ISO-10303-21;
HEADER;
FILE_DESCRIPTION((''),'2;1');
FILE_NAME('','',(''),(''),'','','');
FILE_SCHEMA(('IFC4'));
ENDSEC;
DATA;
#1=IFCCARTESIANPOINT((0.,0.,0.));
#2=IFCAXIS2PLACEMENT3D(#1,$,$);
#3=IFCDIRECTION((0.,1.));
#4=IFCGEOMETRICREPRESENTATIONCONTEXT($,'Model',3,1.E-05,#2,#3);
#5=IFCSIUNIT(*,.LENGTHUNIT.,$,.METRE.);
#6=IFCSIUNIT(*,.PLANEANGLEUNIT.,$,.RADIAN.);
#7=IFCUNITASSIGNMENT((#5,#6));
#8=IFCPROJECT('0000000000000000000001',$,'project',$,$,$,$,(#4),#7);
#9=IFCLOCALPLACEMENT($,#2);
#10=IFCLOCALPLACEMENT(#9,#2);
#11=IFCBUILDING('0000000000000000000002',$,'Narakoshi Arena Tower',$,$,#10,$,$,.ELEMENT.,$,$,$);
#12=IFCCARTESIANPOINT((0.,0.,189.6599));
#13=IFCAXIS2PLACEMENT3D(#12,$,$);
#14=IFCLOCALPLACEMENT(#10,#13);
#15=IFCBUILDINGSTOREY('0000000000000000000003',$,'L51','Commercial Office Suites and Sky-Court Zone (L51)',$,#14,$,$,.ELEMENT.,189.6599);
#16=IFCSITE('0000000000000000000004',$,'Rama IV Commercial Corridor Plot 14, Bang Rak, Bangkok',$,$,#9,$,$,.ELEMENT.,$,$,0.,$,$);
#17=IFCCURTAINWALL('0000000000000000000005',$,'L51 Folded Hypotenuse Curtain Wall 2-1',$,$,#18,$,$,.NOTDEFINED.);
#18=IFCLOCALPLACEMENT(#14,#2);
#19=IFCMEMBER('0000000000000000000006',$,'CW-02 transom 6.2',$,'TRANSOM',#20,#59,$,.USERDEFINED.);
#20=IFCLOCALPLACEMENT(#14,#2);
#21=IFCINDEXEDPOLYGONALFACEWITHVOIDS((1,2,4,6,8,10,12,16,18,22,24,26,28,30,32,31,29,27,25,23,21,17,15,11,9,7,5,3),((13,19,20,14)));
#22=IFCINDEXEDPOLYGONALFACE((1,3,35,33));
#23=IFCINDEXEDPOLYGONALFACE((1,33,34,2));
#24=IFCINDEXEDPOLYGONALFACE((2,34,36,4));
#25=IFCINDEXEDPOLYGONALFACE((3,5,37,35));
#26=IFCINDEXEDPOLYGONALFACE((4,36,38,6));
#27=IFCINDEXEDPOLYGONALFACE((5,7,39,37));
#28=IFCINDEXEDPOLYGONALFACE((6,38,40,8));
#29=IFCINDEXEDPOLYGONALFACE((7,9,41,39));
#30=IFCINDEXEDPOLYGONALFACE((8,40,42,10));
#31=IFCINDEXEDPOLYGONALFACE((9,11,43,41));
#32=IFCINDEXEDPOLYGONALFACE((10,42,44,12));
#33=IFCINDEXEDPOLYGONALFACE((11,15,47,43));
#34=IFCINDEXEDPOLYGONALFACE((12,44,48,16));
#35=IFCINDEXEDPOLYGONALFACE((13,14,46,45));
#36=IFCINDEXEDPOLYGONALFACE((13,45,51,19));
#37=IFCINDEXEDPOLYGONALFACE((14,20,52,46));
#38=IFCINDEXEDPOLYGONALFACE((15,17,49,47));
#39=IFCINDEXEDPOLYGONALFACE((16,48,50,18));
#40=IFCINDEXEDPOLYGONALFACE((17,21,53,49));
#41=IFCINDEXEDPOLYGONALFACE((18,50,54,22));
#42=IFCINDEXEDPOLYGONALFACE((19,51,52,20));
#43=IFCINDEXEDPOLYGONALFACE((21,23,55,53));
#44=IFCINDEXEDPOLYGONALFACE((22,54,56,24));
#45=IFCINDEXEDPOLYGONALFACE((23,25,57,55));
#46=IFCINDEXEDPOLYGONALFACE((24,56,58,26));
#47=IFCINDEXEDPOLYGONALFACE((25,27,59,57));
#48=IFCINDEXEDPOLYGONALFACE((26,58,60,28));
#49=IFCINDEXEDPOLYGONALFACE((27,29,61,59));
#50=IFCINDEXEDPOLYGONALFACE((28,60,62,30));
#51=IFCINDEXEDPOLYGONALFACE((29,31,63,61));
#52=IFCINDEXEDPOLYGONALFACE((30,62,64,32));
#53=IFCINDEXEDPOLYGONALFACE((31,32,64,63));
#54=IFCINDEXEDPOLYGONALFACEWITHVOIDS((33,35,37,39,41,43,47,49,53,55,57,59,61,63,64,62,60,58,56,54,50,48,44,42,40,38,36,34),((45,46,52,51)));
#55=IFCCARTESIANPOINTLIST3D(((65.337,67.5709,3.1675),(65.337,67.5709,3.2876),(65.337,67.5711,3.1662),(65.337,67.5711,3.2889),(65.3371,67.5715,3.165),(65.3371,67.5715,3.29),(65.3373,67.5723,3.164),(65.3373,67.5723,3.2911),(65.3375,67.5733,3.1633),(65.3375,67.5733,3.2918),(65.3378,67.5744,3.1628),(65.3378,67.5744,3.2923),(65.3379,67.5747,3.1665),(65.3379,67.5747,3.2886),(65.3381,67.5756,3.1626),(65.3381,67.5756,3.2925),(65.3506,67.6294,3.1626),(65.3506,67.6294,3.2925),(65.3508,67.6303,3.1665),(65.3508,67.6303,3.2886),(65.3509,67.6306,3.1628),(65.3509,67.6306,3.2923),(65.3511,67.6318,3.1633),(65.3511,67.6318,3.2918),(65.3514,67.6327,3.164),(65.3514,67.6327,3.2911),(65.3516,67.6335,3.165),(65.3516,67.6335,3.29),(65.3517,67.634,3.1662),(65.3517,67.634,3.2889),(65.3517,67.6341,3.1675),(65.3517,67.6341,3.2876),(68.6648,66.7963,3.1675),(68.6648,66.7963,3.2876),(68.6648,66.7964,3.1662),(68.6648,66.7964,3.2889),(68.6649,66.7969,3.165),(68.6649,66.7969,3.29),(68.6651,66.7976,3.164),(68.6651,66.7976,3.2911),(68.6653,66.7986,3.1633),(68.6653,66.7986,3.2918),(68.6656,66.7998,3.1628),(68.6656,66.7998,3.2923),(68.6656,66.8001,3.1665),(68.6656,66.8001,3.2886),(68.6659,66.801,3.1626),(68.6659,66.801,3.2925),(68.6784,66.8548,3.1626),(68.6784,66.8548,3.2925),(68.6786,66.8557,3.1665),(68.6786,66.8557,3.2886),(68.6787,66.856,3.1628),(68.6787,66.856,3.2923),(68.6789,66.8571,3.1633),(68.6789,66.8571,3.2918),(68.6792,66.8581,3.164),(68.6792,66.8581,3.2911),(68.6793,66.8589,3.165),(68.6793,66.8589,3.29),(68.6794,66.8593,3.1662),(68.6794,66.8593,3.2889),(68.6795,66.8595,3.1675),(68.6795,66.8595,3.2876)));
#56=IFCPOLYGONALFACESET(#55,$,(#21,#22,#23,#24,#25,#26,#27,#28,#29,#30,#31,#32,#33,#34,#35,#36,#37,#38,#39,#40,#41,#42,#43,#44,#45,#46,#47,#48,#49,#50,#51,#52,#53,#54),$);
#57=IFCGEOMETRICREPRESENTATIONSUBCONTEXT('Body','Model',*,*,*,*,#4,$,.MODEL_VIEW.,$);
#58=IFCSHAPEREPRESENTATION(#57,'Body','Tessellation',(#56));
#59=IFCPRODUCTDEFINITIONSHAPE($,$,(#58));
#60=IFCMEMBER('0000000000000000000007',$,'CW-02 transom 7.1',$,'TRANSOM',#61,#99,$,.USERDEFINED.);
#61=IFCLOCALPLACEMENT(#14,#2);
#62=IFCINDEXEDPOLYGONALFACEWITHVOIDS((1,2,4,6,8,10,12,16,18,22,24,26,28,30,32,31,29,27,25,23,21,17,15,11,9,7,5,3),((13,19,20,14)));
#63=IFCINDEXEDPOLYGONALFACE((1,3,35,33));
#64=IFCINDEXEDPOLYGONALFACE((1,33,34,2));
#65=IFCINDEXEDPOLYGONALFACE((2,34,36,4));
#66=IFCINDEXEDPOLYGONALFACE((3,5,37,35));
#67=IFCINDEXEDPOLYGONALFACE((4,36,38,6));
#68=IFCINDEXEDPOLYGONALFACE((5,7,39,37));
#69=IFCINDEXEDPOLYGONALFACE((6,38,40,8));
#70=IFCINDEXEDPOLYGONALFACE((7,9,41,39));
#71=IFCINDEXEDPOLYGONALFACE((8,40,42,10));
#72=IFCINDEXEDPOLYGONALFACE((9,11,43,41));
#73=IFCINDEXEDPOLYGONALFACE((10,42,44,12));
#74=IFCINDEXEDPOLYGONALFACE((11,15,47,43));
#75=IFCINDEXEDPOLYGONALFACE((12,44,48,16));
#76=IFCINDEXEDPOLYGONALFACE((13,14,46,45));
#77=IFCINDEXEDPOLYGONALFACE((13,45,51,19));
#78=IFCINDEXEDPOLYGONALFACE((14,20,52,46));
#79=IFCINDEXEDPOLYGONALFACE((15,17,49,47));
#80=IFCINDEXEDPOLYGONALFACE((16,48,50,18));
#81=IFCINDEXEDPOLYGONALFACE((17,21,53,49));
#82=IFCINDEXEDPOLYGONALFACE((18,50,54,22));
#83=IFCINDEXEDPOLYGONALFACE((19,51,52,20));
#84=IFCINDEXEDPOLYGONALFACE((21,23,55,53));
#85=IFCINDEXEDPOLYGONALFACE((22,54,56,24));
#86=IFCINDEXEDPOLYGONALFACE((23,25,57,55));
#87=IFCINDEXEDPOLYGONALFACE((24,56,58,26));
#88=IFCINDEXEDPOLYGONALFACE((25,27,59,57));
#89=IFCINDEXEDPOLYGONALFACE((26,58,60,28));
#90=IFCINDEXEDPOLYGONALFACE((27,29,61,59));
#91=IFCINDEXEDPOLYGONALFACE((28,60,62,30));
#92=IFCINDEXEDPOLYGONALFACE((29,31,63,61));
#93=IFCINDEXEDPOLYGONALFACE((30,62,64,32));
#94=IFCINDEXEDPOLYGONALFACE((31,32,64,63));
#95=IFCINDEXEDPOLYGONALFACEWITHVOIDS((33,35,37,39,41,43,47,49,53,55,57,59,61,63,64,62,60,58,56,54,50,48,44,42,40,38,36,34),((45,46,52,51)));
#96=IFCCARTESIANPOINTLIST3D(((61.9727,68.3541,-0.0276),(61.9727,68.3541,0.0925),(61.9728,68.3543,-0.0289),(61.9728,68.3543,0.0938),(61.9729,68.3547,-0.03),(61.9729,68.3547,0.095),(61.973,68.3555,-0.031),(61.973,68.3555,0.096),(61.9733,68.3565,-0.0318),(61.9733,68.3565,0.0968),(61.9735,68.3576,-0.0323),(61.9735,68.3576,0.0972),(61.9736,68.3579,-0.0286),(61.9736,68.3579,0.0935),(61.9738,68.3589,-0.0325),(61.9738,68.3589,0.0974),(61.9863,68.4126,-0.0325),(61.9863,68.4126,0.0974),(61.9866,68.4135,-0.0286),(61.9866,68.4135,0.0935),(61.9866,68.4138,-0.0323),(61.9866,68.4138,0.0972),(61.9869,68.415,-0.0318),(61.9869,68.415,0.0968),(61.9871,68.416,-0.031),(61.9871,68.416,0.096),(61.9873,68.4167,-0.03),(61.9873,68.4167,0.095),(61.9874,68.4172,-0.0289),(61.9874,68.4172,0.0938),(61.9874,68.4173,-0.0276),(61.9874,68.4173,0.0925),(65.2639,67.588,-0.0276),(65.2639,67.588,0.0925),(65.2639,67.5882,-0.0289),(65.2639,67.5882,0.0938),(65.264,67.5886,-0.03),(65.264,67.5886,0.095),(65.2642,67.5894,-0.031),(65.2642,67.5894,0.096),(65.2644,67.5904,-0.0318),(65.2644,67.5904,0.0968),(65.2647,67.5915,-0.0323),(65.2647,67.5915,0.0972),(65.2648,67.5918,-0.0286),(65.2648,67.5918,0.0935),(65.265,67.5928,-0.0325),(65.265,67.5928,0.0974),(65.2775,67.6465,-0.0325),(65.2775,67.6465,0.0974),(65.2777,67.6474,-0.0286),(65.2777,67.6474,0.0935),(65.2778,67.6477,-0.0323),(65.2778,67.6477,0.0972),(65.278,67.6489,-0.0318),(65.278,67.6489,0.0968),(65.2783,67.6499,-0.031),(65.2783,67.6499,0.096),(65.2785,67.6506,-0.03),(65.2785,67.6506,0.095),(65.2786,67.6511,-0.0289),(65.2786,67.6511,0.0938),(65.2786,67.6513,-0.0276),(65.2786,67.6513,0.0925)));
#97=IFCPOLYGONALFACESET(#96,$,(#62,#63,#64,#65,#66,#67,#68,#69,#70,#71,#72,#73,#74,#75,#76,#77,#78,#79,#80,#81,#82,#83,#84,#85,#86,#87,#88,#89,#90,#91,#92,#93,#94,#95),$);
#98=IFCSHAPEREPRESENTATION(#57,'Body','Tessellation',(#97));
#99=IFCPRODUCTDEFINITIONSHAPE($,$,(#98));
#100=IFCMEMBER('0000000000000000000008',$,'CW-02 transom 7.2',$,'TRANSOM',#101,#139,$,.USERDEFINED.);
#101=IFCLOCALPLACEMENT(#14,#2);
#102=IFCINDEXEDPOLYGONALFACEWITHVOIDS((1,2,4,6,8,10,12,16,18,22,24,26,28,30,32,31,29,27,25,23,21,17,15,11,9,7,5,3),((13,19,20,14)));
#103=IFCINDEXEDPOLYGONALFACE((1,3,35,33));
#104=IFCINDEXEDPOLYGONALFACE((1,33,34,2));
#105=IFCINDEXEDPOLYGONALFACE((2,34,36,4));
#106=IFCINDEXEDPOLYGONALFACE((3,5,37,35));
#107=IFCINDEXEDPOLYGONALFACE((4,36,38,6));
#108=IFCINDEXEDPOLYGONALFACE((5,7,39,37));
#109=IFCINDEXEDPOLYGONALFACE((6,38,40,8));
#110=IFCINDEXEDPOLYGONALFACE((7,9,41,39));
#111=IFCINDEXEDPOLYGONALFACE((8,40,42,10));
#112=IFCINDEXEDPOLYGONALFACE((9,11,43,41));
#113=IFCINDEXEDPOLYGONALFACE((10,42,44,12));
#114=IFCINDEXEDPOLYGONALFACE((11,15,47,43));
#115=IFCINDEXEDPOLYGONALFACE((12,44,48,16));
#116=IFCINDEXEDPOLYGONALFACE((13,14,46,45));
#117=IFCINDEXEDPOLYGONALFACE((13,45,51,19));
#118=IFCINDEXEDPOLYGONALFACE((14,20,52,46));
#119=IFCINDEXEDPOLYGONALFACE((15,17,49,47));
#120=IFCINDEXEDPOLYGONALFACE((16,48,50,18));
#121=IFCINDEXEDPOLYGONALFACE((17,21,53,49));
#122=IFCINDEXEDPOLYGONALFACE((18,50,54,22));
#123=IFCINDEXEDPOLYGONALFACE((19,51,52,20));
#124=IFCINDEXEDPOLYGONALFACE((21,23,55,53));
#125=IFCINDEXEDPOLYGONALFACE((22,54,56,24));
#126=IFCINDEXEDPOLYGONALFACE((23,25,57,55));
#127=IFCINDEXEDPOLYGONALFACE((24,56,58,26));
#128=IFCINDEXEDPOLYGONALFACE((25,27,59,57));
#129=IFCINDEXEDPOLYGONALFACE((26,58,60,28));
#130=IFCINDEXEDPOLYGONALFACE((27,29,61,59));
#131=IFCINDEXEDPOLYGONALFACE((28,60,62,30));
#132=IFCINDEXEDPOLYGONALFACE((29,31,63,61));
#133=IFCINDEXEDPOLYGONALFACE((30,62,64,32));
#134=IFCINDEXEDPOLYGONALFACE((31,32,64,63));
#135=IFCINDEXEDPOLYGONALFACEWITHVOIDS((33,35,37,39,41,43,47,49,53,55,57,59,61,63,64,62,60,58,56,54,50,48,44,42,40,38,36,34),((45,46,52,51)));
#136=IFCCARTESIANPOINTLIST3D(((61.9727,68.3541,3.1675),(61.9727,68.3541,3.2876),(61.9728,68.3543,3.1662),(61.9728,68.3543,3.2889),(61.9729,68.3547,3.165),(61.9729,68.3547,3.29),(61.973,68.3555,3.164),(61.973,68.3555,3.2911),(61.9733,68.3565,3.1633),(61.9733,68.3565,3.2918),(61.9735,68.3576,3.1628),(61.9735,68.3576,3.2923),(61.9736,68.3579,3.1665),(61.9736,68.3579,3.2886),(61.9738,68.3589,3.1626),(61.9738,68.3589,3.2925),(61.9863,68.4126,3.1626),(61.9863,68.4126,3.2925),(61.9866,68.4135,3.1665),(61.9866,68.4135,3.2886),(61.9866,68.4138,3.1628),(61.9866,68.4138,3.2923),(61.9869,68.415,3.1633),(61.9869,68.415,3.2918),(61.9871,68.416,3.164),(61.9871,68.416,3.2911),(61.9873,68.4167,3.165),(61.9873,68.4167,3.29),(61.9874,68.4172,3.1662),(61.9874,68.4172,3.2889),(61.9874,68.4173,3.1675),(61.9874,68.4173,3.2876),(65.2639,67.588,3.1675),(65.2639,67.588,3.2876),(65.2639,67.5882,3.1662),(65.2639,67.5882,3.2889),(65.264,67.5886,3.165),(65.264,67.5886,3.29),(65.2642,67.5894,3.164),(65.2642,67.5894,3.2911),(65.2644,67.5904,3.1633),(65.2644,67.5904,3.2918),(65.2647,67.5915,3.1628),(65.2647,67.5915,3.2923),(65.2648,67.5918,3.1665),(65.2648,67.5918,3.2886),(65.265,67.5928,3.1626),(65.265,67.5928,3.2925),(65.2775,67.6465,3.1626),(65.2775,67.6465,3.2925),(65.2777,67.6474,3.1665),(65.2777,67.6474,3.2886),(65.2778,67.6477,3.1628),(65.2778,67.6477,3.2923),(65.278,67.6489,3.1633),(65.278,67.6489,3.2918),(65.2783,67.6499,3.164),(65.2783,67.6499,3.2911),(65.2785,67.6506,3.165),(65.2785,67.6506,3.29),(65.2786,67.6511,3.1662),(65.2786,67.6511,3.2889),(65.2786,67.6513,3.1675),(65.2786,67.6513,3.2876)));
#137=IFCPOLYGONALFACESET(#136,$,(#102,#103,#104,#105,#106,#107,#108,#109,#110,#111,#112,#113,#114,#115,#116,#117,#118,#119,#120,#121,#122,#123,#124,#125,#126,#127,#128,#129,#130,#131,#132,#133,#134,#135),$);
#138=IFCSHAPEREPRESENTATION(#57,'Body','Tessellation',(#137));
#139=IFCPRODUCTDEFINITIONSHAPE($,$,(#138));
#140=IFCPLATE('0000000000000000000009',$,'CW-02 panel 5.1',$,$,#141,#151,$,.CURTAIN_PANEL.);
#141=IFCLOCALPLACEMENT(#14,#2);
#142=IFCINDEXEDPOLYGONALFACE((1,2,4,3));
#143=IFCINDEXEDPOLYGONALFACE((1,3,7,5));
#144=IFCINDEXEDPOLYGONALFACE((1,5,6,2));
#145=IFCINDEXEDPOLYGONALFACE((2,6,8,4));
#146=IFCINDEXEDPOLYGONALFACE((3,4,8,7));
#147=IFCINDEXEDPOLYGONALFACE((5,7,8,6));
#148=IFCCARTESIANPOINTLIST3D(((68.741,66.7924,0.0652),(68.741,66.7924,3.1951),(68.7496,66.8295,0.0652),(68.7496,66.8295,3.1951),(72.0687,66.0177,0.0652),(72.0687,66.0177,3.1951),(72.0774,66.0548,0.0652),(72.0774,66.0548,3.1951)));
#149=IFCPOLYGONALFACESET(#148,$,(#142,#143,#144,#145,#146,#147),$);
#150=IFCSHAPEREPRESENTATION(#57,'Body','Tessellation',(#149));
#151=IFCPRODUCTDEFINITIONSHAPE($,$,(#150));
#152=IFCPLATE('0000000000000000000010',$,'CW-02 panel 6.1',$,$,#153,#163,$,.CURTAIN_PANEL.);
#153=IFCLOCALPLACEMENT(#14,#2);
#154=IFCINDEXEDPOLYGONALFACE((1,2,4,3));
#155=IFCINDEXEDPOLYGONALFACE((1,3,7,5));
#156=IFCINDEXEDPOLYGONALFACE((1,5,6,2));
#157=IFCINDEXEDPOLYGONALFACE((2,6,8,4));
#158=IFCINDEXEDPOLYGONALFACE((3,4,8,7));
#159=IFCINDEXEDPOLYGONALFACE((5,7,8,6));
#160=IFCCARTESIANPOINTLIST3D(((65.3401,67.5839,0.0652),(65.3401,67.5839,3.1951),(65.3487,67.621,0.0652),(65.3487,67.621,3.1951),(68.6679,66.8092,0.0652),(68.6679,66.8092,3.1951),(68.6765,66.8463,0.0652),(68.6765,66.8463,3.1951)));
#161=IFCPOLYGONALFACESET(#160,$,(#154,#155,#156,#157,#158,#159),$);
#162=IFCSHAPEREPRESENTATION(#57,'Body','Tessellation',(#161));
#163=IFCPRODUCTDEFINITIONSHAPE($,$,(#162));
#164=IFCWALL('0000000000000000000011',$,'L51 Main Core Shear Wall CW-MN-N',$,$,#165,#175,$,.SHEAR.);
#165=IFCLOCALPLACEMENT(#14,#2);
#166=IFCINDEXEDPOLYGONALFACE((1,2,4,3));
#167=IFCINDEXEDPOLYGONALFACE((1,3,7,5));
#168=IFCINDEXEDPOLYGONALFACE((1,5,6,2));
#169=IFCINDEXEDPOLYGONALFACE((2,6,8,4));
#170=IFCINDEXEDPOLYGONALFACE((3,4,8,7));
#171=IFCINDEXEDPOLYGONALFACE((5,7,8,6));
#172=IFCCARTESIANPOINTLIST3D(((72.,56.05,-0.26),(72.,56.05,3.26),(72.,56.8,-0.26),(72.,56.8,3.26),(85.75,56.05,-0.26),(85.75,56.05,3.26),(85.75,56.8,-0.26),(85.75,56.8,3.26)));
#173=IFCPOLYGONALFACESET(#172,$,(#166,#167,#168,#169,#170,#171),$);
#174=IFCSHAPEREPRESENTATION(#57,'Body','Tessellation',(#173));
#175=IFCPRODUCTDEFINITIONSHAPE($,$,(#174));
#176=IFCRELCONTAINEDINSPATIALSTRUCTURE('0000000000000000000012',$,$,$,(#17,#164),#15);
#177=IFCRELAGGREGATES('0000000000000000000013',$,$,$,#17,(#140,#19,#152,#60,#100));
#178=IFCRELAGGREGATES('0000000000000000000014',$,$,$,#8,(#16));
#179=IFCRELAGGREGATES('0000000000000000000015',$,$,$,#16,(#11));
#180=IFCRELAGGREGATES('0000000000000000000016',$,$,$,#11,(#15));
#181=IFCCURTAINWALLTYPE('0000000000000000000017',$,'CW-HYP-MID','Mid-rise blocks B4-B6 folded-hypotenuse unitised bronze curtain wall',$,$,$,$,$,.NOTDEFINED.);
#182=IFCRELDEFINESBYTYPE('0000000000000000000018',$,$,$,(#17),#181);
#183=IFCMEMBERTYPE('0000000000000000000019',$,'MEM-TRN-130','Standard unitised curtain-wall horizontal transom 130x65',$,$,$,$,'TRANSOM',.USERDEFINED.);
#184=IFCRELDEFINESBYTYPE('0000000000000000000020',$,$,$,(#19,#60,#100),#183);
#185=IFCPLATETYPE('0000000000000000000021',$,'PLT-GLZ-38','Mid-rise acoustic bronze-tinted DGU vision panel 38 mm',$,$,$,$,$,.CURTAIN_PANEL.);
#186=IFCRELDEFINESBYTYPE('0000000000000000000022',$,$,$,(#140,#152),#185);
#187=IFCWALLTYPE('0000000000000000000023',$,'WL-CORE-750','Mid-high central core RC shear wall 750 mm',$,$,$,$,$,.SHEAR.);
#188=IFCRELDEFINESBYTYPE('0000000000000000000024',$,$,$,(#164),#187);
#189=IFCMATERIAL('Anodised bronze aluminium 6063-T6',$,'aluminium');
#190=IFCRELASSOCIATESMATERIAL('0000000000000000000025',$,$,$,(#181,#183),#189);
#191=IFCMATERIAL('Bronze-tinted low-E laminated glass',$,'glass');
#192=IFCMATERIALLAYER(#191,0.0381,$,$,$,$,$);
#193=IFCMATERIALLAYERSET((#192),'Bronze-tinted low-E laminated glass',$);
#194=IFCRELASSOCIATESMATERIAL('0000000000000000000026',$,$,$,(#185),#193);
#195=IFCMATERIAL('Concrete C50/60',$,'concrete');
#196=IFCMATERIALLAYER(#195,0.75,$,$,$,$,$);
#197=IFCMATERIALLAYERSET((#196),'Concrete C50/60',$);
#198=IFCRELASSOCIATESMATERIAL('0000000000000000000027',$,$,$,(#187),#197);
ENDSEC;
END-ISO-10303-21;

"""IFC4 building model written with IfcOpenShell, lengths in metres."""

from ifc_helpers import new_model, si_unit, direction, frame, frame_2d, origin, origin_2d, place, context, subcontext, project, spatial, rectangle, hollow_rectangle, extrude, material, layer, layer_set, material_profile, profile_set, type_object, element, aggregate, save


model = new_model("IFC4")

# Units and contexts
model_context = context("Model", 3, precision=1e-05, world=origin(), true_north=direction((0.0, 1.0)))
body_context = subcontext(model_context, "Body", "Model", "MODEL_VIEW")
ifc_project = project(units=[si_unit("LENGTHUNIT", "METRE"), si_unit("PLANEANGLEUNIT", "RADIAN")], contexts=[model_context])

# Site, building, storey
site_placement = place(None, origin())
site = spatial("IfcSite", under=ifc_project, at=site_placement, Name="Rama IV Commercial Corridor Plot 14, Bang Rak, Bangkok", CompositionType="ELEMENT", RefElevation=0.0)
building_placement = place(site_placement, origin())
building = spatial("IfcBuilding", under=site, at=building_placement, Name="Narakoshi Arena Tower", CompositionType="ELEMENT")
storey_placement = place(building_placement, frame((0.0, 0.0, 189.6599)))
storey = spatial("IfcBuildingStorey", under=building, at=storey_placement, Name="L51", Description="Commercial Office Suites and Sky-Court Zone (L51)", CompositionType="ELEMENT", Elevation=189.6599)

# Curtain wall, members, plates
ifc_material_1 = material(Name="Anodised bronze aluminium 6063-T6", Category="aluminium")
curtain_wall_type = type_object("IfcCurtainWallType", Name="CW-HYP-MID", Description="Mid-rise blocks B4-B6 folded-hypotenuse unitised bronze curtain wall", PredefinedType="NOTDEFINED", material=ifc_material_1)
curtain_wall_placement = place(storey_placement, origin())
curtain_wall = element("IfcCurtainWall", 1, at=curtain_wall_placement, inside=storey, type_object=curtain_wall_type, Name="L51 Folded Hypotenuse Curtain Wall 2-1", PredefinedType="NOTDEFINED")
ifc_material_profile_1 = material_profile(ifc_material_1, hollow_rectangle(XDim=0.0649, YDim=0.1299, WallThickness=0.0039, OuterFilletRadius=0.0049, at=origin_2d()), Name="TRN130x65x4")
ifc_profile_set_1 = profile_set([ifc_material_profile_1], Name="Anodised bronze aluminium 6063-T6")
member_type_1 = type_object("IfcMemberType", Name="MEM-TRN-130", Description="Standard unitised curtain-wall horizontal transom 130x65", ElementType="TRANSOM", PredefinedType="USERDEFINED", material=ifc_profile_set_1)
member_1_placement = place(storey_placement, frame((68.6721, 66.8279, 3.2275), z_axis=(-0.973961, 0.226717, 0.0), x_axis=(-0.226717, -0.973961, 0.0)))
member_1 = element("IfcMember", 2, at=member_1_placement, type_object=member_type_1, Name="CW-02 transom 6.2", ObjectType="TRANSOM", PredefinedType="USERDEFINED", context=body_context, shape_type="SweptSolid", body=[
    extrude(hollow_rectangle(XDim=0.0649, YDim=0.1299, WallThickness=0.0039, OuterFilletRadius=0.0049, at=origin_2d()), origin(), (0.0, 0.0, 1.0), 3.4167),
])
member_2_placement = place(storey_placement, frame((65.2712, 67.6196, 0.0325), z_axis=(-0.973962, 0.226711, 0.0), x_axis=(-0.226711, -0.973962, 0.0)))
member_2 = element("IfcMember", 3, at=member_2_placement, type_object=member_type_1, Name="CW-02 transom 7.1", ObjectType="TRANSOM", PredefinedType="USERDEFINED", context=body_context, shape_type="SweptSolid", body=[
    extrude(hollow_rectangle(XDim=0.0649, YDim=0.1299, WallThickness=0.0039, OuterFilletRadius=0.0049, at=origin_2d()), origin(), (0.0, 0.0, 1.0), 3.3792),
])
member_3_placement = place(storey_placement, frame((65.2712, 67.6196, 3.2275), z_axis=(-0.973962, 0.226711, 0.0), x_axis=(-0.226711, -0.973962, 0.0)))
member_3 = element("IfcMember", 4, at=member_3_placement, type_object=member_type_1, Name="CW-02 transom 7.2", ObjectType="TRANSOM", PredefinedType="USERDEFINED", context=body_context, shape_type="SweptSolid", body=[
    extrude(hollow_rectangle(XDim=0.0649, YDim=0.1299, WallThickness=0.0039, OuterFilletRadius=0.0049, at=origin_2d()), origin(), (0.0, 0.0, 1.0), 3.3792),
])
ifc_material_2 = material(Name="Bronze-tinted low-E laminated glass", Category="glass")
ifc_layer_1 = layer(ifc_material_2, 0.0381)
ifc_layer_set_1 = layer_set([ifc_layer_1], Name="Bronze-tinted low-E laminated glass")
plate_type = type_object("IfcPlateType", Name="PLT-GLZ-38", Description="Mid-rise acoustic bronze-tinted DGU vision panel 38 mm", PredefinedType="CURTAIN_PANEL", material=ifc_layer_set_1)
plate_1_placement = place(storey_placement, frame((70.4092, 66.4236, 0.0652), z_axis=(0.0, 0.0, 1.0), x_axis=(-0.97396, 0.226721, 0.0)))
plate_1 = element("IfcPlate", 5, at=plate_1_placement, type_object=plate_type, Name="CW-02 panel 5.1", PredefinedType="CURTAIN_PANEL", context=body_context, shape_type="SweptSolid", body=[
    extrude(rectangle(XDim=3.4167, YDim=0.0381, at=origin_2d()), origin(), (0.0, 0.0, 1.0), 3.1299),
])
plate_2_placement = place(storey_placement, frame((67.0083, 67.2151, 0.0652), z_axis=(0.0, 0.0, 1.0), x_axis=(-0.97396, 0.226721, 0.0)))
plate_2 = element("IfcPlate", 6, at=plate_2_placement, type_object=plate_type, Name="CW-02 panel 6.1", PredefinedType="CURTAIN_PANEL", context=body_context, shape_type="SweptSolid", body=[
    extrude(rectangle(XDim=3.4167, YDim=0.0381, at=origin_2d()), origin(), (0.0, 0.0, 1.0), 3.1299),
])
aggregate(curtain_wall, [plate_1, member_1, plate_2, member_2, member_3])

# Wall
ifc_material_3 = material(Name="Concrete C50/60", Category="concrete")
ifc_layer_2 = layer(ifc_material_3, 0.75)
ifc_layer_set_2 = layer_set([ifc_layer_2], Name="Concrete C50/60")
wall_type_1 = type_object("IfcWallType", Name="WL-CORE-750", Description="Mid-high central core RC shear wall 750 mm", PredefinedType="SHEAR", material=ifc_layer_set_2)
wall_1_placement = place(storey_placement, frame((72.0, 56.425, -0.26), z_axis=(0.0, 0.0, 1.0), x_axis=(1.0, 0.0, 0.0)))
element("IfcWall", 7, at=wall_1_placement, inside=storey, type_object=wall_type_1, Name="L51 Main Core Shear Wall CW-MN-N", PredefinedType="SHEAR", context=body_context, shape_type="SweptSolid", body=[
    extrude(rectangle(XDim=13.75, YDim=0.75, at=frame_2d((6.875, 0.0))), origin(), (0.0, 0.0, 1.0), 3.52),
])

save(model, "model.ifc")
